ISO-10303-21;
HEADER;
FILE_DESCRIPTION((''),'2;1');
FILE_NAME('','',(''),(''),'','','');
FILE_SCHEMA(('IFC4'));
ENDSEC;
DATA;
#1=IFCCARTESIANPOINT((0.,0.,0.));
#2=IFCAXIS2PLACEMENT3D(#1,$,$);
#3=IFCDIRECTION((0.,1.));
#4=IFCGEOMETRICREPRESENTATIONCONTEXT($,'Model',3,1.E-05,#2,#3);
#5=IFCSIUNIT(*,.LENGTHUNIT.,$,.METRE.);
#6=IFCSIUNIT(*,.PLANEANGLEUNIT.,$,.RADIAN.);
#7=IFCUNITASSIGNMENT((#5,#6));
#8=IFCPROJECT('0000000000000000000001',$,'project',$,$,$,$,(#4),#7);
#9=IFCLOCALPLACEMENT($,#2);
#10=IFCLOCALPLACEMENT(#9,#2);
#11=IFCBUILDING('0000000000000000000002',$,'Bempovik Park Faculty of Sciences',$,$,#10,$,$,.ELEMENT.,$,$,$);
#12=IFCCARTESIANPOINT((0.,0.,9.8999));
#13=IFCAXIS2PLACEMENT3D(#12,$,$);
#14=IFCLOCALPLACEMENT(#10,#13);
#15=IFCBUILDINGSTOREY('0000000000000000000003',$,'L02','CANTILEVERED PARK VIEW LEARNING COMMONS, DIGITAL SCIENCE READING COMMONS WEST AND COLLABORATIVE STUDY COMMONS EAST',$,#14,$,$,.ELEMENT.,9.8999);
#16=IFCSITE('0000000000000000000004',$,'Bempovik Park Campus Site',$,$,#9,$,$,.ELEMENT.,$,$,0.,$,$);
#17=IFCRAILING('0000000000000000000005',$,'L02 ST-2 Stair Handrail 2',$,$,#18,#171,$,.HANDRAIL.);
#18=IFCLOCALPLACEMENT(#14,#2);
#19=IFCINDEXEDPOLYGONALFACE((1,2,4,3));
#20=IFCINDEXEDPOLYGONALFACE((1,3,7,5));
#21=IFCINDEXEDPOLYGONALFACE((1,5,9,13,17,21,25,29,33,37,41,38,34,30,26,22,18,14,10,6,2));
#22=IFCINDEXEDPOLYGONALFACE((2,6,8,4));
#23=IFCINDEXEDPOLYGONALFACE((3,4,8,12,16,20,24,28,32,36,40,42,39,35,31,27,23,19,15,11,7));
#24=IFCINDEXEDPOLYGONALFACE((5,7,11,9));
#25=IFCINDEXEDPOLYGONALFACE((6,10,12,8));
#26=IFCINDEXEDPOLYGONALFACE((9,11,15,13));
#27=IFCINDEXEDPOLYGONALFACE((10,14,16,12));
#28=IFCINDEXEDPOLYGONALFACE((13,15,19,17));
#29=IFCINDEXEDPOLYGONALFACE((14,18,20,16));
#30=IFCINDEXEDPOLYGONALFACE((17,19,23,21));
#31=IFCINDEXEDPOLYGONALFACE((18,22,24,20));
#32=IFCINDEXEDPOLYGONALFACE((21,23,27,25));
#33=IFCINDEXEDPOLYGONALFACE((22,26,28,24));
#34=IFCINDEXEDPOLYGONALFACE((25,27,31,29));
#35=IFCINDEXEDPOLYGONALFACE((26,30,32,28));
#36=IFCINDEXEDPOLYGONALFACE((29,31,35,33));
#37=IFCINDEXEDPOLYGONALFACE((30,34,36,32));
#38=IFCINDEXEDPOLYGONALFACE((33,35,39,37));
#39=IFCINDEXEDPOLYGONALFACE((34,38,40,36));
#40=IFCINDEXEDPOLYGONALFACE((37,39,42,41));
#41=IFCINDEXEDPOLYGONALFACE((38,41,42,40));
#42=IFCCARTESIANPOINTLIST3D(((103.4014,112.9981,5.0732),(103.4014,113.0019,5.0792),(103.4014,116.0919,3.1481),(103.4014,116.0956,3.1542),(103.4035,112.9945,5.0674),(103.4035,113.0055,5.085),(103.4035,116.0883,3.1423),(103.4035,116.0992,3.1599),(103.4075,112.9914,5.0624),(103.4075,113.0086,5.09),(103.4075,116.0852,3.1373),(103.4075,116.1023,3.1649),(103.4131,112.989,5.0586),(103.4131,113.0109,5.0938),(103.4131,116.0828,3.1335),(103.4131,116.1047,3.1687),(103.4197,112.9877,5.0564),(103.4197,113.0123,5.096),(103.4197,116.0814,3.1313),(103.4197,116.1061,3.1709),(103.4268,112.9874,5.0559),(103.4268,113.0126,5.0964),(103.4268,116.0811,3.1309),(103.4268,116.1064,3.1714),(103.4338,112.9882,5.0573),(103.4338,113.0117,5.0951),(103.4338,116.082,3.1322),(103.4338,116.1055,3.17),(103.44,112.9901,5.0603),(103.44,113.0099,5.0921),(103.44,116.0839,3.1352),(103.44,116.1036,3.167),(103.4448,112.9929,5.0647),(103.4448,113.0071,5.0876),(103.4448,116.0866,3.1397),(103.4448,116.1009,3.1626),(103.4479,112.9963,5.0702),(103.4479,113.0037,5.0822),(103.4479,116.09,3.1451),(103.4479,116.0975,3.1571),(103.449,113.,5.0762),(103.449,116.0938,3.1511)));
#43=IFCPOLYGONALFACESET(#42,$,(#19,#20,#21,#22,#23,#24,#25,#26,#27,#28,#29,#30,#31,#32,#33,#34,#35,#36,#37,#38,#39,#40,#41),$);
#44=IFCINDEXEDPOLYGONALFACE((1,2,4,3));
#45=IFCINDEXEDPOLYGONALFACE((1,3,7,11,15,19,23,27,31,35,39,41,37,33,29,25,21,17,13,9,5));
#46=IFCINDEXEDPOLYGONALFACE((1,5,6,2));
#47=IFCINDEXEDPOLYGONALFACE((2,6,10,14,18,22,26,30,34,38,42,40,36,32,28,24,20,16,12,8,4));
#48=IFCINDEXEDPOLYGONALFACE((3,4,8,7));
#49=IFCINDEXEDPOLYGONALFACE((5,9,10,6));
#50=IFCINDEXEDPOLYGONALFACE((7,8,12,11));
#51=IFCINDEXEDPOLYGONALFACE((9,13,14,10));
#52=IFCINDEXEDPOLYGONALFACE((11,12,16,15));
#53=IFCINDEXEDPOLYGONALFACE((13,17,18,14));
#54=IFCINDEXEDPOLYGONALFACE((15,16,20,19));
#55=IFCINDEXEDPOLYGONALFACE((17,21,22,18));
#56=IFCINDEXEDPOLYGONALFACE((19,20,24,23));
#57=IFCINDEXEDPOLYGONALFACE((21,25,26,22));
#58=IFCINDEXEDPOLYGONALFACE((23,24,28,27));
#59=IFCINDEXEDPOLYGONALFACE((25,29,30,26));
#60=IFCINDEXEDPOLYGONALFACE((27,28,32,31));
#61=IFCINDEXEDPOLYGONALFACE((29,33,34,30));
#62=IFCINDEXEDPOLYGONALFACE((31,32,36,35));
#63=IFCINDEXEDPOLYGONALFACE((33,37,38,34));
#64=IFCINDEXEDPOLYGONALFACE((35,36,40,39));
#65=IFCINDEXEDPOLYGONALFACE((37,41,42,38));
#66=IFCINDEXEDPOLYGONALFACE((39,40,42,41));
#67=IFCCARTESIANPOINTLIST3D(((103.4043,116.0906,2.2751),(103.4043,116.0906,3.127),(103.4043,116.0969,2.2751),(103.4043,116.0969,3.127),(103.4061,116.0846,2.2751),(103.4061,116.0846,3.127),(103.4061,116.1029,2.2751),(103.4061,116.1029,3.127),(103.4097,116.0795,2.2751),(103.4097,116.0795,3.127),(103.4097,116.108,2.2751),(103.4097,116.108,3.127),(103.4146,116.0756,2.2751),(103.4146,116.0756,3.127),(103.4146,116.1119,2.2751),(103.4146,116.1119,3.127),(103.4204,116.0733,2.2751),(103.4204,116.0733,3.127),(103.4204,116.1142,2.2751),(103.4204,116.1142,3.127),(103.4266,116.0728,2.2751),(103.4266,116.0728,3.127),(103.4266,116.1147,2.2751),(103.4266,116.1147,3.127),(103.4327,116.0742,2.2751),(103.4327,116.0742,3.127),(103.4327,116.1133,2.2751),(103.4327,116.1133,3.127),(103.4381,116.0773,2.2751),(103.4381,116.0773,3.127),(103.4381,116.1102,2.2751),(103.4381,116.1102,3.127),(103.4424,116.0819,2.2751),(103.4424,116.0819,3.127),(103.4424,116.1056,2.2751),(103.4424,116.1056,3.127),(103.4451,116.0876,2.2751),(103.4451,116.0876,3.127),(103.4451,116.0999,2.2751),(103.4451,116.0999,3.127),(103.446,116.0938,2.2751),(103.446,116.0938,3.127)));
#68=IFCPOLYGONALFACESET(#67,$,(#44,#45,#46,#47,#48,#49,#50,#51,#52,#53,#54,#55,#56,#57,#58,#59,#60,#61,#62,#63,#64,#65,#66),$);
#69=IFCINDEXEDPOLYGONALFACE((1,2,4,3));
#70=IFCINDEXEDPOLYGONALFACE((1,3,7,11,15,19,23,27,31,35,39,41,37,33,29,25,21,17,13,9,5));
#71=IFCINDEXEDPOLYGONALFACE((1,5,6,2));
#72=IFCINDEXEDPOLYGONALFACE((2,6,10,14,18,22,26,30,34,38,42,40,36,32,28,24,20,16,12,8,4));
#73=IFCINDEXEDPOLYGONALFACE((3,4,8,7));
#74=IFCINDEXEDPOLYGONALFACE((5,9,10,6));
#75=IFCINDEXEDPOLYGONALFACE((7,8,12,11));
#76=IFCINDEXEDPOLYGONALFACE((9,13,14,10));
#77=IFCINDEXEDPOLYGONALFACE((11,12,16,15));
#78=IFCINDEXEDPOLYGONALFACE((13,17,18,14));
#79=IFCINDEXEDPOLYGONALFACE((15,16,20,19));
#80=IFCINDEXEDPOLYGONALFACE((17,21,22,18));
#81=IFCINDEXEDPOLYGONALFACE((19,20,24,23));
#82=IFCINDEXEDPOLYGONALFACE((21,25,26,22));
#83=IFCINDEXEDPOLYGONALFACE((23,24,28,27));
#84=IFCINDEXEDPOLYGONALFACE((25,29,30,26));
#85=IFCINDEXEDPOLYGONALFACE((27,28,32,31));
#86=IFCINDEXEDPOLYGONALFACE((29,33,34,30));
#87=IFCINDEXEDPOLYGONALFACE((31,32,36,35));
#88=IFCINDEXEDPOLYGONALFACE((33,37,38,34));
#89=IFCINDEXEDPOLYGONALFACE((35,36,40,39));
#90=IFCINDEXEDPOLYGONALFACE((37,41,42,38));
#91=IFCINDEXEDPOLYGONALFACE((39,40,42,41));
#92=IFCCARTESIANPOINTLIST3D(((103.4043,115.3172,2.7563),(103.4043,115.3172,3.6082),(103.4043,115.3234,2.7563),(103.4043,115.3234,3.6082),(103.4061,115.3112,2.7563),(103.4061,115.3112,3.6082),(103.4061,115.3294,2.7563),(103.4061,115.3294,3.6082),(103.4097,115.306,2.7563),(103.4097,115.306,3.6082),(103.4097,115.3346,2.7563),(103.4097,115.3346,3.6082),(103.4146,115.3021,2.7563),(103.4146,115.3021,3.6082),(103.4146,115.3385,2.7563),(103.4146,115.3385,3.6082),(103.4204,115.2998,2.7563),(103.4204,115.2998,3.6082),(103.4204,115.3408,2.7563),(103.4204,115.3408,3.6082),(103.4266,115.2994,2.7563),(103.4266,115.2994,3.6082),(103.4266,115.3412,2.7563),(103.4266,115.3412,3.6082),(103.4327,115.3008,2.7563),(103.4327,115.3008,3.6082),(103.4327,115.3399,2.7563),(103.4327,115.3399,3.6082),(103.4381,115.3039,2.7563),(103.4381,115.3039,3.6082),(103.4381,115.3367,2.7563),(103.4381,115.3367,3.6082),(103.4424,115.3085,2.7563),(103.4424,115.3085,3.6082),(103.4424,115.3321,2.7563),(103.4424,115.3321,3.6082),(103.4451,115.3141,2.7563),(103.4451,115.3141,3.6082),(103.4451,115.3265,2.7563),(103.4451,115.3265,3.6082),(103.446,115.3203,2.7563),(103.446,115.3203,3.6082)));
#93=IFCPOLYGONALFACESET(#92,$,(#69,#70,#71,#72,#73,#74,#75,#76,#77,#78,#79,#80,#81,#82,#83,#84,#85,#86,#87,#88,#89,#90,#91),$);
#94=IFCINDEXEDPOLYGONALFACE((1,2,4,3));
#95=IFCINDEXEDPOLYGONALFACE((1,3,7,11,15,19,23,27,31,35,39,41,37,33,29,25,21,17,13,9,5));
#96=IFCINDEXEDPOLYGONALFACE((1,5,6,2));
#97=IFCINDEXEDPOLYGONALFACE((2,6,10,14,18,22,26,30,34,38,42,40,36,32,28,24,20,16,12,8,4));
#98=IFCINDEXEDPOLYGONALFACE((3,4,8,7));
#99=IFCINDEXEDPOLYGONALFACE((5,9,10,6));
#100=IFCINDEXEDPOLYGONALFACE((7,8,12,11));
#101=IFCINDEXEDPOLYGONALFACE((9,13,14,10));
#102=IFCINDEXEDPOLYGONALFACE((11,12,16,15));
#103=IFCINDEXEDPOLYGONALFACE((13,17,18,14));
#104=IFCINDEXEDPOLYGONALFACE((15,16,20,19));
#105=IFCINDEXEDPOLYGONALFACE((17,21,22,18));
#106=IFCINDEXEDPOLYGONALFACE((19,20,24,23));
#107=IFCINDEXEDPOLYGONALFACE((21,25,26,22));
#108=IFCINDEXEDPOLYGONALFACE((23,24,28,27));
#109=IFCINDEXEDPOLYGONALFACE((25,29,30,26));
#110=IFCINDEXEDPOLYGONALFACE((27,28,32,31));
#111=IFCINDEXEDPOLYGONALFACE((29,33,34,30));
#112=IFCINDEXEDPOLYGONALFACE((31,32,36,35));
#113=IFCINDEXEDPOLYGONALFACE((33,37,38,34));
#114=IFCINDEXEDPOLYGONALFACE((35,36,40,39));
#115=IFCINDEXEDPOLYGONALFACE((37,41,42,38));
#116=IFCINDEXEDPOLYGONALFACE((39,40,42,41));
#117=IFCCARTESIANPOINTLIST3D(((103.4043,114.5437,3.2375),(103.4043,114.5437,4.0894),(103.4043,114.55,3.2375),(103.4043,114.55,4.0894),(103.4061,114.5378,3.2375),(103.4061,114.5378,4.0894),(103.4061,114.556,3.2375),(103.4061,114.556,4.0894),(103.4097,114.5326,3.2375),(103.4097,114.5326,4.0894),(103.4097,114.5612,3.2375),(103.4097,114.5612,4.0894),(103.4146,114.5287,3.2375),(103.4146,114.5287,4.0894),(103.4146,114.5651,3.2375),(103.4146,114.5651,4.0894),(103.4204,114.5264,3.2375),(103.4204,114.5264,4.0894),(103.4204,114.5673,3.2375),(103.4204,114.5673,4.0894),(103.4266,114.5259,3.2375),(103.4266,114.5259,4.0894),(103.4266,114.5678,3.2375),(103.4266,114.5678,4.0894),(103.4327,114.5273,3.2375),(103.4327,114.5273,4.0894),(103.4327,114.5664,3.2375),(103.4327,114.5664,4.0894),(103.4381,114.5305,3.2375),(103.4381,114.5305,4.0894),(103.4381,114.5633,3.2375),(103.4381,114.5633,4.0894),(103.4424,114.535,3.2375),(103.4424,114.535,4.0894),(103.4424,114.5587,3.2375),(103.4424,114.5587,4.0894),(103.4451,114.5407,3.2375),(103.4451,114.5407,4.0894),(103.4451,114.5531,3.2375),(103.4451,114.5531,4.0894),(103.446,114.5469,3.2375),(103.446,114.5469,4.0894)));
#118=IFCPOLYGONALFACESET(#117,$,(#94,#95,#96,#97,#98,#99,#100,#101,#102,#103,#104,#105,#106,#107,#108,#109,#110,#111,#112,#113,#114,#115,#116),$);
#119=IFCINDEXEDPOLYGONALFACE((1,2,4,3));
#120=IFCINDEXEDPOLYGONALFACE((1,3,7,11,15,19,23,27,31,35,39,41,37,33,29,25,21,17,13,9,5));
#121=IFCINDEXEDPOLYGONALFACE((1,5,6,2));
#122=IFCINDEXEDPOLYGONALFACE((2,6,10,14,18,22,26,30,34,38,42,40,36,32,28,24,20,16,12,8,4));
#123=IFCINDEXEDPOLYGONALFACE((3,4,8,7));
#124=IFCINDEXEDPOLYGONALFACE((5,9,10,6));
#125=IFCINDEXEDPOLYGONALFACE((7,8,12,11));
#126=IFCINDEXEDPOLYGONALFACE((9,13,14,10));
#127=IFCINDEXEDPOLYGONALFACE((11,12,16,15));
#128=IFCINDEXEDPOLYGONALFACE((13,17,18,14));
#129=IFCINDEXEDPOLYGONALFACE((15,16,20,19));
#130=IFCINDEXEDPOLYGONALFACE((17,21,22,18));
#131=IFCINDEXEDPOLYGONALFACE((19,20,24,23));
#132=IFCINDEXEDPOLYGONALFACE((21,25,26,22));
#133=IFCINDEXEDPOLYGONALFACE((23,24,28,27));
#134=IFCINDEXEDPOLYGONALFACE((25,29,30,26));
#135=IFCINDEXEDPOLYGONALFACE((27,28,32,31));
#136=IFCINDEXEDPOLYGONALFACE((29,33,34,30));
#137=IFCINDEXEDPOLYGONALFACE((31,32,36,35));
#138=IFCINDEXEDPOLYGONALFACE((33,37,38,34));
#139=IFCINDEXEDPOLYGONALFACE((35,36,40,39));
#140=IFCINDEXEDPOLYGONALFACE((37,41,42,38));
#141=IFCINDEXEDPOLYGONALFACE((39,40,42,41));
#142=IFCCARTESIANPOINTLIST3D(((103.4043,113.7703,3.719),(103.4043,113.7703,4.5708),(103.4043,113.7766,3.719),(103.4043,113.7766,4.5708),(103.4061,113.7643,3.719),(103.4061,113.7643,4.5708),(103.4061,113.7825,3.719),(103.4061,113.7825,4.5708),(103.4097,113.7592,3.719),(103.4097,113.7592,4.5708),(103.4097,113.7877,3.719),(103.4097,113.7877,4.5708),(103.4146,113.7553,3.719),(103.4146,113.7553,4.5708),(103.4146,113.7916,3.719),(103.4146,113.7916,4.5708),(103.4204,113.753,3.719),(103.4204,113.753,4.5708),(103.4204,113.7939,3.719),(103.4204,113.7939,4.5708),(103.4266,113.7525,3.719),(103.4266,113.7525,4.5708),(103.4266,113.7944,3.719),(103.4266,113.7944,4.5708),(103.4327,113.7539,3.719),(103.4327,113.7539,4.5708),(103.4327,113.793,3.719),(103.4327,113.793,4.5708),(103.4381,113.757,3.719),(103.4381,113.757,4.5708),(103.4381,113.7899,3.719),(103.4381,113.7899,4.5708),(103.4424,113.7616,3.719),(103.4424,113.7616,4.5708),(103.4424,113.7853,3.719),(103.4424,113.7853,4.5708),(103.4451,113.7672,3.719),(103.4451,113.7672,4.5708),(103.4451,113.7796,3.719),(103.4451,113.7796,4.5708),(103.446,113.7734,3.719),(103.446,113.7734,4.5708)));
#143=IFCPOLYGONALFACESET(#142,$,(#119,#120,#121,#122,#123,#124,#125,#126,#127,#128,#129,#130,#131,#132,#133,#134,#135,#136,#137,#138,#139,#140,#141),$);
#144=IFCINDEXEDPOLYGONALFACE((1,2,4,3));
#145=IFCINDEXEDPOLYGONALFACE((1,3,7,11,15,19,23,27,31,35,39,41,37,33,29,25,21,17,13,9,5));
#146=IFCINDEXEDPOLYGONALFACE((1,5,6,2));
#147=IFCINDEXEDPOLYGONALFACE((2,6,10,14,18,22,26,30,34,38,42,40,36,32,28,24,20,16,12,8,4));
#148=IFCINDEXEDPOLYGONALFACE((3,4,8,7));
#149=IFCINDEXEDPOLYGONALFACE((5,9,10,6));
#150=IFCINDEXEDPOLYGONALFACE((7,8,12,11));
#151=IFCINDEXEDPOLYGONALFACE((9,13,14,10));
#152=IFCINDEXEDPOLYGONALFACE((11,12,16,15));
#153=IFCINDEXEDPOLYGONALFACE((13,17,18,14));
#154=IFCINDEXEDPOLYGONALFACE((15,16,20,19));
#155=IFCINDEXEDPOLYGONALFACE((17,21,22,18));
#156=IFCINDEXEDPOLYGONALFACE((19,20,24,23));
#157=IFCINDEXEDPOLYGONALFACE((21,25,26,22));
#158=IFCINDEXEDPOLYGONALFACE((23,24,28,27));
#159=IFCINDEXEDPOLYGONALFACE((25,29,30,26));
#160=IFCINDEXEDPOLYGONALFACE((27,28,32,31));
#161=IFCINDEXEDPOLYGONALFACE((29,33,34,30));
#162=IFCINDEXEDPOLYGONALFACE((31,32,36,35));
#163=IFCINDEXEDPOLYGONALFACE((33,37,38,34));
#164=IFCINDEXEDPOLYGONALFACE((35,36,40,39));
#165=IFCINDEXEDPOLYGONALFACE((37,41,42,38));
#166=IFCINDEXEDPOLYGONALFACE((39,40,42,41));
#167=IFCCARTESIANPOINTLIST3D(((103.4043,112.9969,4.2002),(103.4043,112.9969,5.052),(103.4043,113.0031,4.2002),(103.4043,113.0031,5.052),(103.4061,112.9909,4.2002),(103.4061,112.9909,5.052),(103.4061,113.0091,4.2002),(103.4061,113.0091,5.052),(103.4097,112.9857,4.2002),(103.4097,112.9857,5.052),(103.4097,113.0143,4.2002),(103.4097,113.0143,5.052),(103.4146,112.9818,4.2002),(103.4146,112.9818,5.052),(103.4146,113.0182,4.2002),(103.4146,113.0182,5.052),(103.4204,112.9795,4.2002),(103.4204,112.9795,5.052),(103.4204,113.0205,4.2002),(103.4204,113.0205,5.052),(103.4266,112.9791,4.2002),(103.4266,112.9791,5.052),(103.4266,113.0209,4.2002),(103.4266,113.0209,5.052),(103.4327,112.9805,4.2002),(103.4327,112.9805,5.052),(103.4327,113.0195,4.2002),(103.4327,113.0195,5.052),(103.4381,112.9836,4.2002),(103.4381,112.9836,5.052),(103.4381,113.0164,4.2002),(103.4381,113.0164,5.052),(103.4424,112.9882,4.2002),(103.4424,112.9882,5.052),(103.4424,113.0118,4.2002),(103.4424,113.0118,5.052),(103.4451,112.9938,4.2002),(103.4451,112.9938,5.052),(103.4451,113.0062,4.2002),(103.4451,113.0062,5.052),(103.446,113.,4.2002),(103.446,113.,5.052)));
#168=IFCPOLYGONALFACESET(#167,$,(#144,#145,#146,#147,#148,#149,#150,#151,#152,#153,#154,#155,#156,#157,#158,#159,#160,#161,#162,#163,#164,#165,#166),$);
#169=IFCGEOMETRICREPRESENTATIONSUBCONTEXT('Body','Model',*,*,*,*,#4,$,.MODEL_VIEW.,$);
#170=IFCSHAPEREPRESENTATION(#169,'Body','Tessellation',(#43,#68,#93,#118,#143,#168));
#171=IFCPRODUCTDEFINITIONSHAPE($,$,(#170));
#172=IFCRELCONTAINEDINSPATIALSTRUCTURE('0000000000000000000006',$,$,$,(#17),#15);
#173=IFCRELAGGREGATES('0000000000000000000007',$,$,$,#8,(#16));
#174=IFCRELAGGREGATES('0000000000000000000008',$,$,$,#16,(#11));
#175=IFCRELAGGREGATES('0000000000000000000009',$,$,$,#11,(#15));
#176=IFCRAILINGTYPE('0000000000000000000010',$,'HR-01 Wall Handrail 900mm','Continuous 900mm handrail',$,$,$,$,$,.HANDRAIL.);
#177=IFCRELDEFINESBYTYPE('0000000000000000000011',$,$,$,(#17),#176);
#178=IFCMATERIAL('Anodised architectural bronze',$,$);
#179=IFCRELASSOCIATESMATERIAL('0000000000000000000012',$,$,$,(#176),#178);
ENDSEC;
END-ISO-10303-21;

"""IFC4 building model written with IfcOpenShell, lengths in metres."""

from ifc_helpers import new_model, si_unit, direction, frame, origin, origin_2d, place, context, subcontext, project, spatial, circle, extrude, material, type_object, element, save


model = new_model("IFC4")

# Units and contexts
model_context = context("Model", 3, precision=1e-05, world=origin(), true_north=direction((0.0, 1.0)))
body_context = subcontext(model_context, "Body", "Model", "MODEL_VIEW")
ifc_project = project(units=[si_unit("LENGTHUNIT", "METRE"), si_unit("PLANEANGLEUNIT", "RADIAN")], contexts=[model_context])

# Site, building, storey
site_placement = place(None, origin())
site = spatial("IfcSite", under=ifc_project, at=site_placement, Name="Bempovik Park Campus Site", CompositionType="ELEMENT", RefElevation=0.0)
building_placement = place(site_placement, origin())
building = spatial("IfcBuilding", under=site, at=building_placement, Name="Bempovik Park Faculty of Sciences", CompositionType="ELEMENT")
storey_placement = place(building_placement, frame((0.0, 0.0, 9.8999)))
storey = spatial("IfcBuildingStorey", under=building, at=storey_placement, Name="L02", Description="CANTILEVERED PARK VIEW LEARNING COMMONS, DIGITAL SCIENCE READING COMMONS WEST AND COLLABORATIVE STUDY COMMONS EAST", CompositionType="ELEMENT", Elevation=9.8999)

# Railing
ifc_material_1 = material(Name="Anodised architectural bronze")
railing_type = type_object("IfcRailingType", Name="HR-01 Wall Handrail 900mm", Description="Continuous 900mm handrail", PredefinedType="HANDRAIL", material=ifc_material_1)
railing_placement = place(storey_placement, frame((103.425, 116.0938, 2.2751)))
element("IfcRailing", 1, at=railing_placement, inside=storey, type_object=railing_type, Name="L02 ST-2 Stair Handrail 2", PredefinedType="HANDRAIL", context=body_context, shape_type="SweptSolid", body=[
    extrude(circle(Radius=0.0239, at=origin_2d()), frame((0.0, 0.0, 0.876), z_axis=(0.0, -0.849051, 0.528312), x_axis=(1.0, 0.0, 0.0)), (0.0, 0.0, 1.0), 3.6438),
    extrude(circle(Radius=0.021, at=origin_2d()), origin(), (0.0, 0.0, 1.0), 0.8518),
    extrude(circle(Radius=0.021, at=origin_2d()), frame((0.0, -0.7734, 0.4812)), (0.0, 0.0, 1.0), 0.8518),
    extrude(circle(Radius=0.021, at=origin_2d()), frame((0.0, -1.5469, 0.9624)), (0.0, 0.0, 1.0), 0.8518),
    extrude(circle(Radius=0.021, at=origin_2d()), frame((0.0, -2.3203, 1.4438)), (0.0, 0.0, 1.0), 0.8518),
    extrude(circle(Radius=0.021, at=origin_2d()), frame((0.0, -3.0938, 1.925)), (0.0, 0.0, 1.0), 0.8518),
])

save(model, "model.ifc")
